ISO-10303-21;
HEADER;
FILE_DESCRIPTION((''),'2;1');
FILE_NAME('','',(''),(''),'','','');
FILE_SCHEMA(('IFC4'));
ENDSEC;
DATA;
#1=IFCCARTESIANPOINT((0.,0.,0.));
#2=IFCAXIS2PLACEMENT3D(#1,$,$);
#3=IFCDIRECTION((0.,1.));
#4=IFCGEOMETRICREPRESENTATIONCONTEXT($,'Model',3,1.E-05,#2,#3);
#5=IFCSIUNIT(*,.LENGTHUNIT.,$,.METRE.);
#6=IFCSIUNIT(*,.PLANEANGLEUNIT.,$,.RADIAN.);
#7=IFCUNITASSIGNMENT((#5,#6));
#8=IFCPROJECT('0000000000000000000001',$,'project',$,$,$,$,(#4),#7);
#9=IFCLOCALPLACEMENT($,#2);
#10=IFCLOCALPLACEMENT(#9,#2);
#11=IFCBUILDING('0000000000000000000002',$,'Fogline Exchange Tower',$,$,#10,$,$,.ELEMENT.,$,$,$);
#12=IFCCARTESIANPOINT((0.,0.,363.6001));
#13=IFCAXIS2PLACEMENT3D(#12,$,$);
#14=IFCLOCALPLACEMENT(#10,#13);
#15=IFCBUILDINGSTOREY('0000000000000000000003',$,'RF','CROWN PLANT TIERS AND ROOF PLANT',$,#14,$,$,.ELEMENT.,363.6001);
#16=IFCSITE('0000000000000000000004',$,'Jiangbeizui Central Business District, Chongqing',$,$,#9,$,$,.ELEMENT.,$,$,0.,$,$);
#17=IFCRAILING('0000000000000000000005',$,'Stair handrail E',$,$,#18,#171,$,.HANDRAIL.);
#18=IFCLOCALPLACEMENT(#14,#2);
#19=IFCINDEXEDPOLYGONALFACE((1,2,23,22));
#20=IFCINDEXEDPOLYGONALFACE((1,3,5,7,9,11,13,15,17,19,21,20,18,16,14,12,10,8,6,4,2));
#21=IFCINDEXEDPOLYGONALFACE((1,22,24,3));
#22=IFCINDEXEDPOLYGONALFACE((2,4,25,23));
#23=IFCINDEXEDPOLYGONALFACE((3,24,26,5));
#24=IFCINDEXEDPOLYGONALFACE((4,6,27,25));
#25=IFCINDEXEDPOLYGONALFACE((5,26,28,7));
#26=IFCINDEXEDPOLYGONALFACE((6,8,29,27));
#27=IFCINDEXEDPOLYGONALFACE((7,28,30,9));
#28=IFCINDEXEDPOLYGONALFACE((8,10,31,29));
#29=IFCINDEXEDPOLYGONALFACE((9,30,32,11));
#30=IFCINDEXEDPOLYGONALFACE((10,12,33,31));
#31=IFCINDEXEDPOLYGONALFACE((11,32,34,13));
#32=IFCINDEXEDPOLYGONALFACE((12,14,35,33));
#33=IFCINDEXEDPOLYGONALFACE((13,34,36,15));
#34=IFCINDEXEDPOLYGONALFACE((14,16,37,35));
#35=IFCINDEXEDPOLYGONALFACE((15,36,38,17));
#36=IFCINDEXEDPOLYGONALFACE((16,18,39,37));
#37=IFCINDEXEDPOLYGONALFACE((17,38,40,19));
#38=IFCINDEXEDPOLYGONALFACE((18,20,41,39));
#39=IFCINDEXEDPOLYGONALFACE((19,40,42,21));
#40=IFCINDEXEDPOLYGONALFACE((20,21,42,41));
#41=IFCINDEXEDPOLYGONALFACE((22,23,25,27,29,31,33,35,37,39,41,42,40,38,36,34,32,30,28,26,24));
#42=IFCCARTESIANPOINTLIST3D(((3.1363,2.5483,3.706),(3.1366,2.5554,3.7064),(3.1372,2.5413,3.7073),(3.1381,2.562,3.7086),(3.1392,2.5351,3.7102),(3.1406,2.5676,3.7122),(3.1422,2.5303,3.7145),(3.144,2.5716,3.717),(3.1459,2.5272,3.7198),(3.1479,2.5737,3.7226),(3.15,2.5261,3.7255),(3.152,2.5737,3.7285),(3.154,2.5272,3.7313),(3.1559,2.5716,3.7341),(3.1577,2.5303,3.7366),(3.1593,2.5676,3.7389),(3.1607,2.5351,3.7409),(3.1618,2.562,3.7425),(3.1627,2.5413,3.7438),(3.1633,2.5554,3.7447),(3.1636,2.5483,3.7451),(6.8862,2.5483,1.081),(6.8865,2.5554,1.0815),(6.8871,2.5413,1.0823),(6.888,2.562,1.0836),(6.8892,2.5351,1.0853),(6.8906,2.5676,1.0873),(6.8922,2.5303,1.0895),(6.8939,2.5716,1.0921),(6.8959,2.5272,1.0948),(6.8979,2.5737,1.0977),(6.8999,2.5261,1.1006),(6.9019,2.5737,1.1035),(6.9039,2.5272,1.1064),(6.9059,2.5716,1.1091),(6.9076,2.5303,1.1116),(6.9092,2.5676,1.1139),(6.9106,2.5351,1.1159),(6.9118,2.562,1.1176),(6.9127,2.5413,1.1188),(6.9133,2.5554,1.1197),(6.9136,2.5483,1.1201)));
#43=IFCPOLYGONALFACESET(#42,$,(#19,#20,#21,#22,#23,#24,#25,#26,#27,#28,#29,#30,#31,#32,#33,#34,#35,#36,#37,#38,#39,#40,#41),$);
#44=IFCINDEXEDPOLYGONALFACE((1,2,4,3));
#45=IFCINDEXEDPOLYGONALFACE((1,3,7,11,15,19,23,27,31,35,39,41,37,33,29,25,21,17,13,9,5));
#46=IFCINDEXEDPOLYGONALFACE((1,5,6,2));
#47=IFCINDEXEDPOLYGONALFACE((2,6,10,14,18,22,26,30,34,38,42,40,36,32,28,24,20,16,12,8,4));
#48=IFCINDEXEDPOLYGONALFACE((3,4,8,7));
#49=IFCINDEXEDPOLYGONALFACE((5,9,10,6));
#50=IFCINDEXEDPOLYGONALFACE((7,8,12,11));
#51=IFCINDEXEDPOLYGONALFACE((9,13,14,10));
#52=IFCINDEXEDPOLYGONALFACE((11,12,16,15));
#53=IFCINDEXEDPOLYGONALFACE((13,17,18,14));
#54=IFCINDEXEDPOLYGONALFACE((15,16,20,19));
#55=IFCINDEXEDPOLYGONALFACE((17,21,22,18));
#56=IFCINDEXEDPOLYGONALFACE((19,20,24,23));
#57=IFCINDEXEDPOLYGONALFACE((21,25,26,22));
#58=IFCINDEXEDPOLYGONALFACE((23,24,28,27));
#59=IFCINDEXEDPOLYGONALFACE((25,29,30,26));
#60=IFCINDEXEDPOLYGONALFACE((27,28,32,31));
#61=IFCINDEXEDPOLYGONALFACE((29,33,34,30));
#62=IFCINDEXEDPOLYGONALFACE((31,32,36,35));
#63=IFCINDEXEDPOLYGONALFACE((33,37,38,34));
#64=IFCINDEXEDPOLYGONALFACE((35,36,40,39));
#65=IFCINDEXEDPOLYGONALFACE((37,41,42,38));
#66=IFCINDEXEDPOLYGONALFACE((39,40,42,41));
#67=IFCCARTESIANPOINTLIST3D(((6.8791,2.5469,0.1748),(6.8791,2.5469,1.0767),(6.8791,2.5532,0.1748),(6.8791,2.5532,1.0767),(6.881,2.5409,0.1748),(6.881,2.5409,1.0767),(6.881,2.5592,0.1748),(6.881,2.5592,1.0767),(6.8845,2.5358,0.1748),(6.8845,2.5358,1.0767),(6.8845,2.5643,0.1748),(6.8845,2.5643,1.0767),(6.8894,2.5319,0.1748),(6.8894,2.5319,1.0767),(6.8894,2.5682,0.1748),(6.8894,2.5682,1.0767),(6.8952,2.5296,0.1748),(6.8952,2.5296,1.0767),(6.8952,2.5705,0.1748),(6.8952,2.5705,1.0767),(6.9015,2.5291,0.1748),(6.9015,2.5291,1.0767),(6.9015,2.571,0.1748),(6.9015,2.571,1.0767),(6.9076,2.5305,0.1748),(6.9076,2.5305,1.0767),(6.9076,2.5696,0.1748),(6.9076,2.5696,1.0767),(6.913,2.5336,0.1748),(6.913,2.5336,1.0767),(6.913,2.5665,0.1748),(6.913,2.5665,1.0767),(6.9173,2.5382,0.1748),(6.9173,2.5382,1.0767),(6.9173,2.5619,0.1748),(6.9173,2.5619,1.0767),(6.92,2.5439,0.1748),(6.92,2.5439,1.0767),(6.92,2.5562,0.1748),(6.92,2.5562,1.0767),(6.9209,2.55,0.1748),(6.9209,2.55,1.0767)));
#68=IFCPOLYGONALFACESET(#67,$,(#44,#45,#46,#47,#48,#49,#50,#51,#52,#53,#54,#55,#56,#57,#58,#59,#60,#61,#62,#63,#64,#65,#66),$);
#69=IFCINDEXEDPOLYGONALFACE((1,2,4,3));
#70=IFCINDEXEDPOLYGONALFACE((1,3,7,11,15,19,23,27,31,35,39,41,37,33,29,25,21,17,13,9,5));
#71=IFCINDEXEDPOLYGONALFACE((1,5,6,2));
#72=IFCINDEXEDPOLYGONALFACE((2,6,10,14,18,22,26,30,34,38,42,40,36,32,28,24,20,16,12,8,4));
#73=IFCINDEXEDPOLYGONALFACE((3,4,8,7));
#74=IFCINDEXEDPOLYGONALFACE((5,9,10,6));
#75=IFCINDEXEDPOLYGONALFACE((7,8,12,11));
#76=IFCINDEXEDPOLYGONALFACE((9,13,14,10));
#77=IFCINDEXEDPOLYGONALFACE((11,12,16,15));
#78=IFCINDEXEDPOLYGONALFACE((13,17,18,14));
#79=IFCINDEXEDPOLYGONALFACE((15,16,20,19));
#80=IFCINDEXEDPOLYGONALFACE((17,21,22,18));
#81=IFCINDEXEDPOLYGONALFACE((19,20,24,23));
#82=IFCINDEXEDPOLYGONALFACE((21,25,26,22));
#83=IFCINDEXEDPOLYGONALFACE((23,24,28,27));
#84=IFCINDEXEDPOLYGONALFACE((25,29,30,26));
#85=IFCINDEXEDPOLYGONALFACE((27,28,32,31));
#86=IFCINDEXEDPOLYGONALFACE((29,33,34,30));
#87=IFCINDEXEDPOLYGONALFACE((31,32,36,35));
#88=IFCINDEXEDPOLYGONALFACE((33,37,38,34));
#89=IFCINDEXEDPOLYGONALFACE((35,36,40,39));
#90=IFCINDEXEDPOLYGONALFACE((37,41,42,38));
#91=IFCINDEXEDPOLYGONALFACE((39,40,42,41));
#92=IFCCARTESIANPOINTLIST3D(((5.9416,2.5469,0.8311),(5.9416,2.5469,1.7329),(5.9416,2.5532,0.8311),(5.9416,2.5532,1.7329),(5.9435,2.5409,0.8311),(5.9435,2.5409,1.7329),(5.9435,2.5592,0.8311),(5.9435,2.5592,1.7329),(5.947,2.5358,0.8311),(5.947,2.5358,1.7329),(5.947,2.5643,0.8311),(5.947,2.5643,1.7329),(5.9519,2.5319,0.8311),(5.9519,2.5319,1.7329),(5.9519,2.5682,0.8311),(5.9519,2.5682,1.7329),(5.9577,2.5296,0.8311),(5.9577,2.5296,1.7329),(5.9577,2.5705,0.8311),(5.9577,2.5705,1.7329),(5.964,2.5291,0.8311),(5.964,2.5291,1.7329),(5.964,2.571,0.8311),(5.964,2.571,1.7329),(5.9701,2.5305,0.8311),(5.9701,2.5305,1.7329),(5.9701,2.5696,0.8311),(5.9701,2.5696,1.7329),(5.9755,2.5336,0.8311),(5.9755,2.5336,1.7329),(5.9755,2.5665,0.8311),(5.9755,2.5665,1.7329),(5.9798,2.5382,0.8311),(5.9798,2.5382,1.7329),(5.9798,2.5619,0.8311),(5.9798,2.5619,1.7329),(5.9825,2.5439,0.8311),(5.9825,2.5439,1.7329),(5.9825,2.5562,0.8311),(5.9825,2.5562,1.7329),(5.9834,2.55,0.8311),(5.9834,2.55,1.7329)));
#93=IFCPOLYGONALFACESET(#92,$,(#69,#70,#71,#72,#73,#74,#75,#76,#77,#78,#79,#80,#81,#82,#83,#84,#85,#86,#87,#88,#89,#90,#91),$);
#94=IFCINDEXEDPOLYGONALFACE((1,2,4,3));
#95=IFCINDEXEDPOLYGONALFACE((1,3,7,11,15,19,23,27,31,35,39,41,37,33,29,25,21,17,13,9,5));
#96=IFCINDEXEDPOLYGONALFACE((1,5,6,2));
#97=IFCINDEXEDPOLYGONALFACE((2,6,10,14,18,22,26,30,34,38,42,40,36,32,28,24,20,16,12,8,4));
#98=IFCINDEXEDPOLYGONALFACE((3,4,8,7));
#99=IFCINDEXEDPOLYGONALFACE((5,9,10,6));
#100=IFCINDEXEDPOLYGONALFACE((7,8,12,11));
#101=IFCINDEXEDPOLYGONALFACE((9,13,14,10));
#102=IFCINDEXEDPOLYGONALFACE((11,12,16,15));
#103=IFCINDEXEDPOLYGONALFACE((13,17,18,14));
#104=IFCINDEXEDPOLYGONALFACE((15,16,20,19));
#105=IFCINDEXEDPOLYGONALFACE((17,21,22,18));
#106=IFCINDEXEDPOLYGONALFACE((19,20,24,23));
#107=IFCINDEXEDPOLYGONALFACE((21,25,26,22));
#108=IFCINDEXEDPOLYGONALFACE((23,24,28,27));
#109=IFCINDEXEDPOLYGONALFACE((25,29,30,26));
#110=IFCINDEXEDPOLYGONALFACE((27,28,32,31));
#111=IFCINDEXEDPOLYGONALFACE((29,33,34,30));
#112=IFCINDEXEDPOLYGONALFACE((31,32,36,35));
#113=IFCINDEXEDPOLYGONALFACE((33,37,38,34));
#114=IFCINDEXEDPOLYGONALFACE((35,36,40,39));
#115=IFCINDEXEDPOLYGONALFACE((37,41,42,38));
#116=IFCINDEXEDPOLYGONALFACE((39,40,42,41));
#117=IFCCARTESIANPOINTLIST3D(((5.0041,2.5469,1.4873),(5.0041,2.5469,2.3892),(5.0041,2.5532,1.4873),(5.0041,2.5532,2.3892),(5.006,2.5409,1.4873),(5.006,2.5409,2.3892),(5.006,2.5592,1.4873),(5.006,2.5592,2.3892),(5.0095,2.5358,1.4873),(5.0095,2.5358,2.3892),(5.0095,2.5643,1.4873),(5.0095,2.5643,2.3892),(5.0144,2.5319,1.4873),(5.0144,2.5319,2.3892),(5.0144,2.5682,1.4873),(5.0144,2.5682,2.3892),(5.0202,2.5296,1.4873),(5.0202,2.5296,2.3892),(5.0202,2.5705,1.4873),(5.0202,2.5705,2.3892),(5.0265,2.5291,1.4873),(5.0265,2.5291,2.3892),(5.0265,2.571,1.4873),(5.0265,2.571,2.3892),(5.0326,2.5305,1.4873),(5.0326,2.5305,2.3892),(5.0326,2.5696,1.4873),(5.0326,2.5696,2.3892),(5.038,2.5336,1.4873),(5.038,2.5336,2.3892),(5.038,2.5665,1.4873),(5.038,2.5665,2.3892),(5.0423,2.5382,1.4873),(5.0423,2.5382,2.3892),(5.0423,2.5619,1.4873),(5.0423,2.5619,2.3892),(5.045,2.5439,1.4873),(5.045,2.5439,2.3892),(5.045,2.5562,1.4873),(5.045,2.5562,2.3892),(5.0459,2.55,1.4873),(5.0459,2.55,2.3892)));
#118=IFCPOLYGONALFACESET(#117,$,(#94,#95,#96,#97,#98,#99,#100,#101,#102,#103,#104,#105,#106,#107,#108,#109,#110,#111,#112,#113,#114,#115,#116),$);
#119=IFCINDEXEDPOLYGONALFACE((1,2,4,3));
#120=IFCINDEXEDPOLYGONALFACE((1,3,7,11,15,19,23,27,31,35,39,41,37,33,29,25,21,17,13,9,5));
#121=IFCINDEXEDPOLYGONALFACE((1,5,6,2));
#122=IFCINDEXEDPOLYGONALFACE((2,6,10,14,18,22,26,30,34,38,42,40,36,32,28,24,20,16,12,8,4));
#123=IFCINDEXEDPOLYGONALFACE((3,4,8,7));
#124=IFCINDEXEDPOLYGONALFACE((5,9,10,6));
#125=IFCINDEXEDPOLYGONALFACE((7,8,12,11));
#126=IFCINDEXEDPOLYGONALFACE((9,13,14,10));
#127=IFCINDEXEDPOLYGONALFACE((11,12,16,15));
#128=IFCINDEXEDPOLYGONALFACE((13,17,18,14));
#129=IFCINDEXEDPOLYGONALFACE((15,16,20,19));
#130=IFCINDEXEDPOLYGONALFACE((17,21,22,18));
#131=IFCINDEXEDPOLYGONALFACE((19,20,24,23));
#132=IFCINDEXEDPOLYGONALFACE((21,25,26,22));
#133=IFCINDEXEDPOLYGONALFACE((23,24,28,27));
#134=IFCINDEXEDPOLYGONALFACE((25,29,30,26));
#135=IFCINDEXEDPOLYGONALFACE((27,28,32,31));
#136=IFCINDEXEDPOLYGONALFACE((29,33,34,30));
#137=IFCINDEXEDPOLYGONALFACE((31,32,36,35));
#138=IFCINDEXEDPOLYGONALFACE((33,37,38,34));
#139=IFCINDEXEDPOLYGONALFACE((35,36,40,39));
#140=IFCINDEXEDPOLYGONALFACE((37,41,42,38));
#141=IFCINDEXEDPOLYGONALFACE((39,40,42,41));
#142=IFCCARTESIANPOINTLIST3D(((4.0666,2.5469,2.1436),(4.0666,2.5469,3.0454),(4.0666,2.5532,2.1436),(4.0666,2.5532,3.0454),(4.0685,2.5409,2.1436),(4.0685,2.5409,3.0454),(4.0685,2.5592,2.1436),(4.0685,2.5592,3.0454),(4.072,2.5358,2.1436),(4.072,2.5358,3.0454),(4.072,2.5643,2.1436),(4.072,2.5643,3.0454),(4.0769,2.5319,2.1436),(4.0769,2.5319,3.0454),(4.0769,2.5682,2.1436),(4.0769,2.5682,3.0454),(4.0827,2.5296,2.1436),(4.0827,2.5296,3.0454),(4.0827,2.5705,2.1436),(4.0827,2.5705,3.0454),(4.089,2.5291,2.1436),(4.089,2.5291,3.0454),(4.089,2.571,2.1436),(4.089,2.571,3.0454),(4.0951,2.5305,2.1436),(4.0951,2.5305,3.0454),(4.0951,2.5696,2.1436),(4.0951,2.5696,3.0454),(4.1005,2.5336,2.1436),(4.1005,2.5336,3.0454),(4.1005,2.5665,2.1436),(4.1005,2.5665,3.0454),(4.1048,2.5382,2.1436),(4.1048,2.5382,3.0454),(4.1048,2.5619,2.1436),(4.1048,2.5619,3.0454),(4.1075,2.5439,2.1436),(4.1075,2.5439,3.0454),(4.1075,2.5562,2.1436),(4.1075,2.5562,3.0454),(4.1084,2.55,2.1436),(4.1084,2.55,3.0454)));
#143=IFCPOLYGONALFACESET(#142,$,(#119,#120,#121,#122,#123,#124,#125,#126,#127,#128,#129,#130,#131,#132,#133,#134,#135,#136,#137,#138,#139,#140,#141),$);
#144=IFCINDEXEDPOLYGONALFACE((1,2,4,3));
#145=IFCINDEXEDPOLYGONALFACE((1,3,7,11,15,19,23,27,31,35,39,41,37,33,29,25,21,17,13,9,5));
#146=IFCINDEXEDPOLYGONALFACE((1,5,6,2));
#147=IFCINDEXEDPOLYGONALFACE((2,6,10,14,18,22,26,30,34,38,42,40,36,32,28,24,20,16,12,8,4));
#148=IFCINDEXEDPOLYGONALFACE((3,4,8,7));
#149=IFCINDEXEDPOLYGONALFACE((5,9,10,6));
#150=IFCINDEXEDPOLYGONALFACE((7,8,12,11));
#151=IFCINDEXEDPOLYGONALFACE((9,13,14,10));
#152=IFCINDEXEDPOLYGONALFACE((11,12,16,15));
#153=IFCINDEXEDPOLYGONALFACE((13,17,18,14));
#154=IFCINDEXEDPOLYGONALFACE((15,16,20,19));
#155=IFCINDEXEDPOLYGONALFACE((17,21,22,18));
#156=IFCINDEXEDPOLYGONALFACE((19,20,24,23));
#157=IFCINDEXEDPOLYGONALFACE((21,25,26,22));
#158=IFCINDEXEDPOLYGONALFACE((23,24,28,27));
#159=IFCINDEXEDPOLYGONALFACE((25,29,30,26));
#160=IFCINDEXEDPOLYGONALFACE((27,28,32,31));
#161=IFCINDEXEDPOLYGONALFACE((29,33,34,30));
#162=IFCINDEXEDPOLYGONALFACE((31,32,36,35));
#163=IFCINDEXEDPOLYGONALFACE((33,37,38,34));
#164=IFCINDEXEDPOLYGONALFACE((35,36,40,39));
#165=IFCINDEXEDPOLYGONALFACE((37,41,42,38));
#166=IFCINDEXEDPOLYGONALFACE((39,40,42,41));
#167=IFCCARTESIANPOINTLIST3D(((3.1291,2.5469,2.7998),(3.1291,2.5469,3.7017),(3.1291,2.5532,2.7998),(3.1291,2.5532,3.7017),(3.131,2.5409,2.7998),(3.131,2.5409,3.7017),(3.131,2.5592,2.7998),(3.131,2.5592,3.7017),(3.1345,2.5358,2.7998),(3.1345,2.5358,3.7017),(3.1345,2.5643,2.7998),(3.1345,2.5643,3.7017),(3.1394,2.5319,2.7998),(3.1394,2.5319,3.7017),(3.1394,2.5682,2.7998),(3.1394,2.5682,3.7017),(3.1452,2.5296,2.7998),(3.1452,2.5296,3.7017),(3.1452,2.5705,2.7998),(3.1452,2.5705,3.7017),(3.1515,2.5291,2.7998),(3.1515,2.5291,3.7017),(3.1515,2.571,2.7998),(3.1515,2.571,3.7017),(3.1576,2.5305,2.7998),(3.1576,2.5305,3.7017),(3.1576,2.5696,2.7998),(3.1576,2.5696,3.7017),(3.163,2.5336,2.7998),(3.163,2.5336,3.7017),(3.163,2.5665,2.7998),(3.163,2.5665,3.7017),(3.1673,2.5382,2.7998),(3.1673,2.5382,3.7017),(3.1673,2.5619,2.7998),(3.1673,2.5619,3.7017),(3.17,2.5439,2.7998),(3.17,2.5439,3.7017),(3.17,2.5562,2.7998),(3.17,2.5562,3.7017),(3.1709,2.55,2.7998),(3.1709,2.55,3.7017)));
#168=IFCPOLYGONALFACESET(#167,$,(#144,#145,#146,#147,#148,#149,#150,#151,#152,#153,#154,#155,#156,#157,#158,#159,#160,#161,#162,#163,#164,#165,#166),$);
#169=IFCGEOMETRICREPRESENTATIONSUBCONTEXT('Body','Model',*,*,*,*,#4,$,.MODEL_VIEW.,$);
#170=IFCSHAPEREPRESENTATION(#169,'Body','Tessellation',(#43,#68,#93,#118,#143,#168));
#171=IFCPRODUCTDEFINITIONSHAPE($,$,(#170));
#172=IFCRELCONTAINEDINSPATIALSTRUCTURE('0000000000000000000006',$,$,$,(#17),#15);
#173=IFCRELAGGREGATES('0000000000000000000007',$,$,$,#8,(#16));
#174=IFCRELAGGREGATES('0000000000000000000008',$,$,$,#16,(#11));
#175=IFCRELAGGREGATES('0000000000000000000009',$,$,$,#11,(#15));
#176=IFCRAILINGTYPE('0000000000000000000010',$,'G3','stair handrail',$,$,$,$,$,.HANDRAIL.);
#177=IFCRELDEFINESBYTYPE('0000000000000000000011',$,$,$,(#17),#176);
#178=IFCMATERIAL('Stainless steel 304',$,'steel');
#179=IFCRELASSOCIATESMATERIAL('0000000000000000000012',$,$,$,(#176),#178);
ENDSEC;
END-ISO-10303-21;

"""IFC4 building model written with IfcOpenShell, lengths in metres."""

from ifc_helpers import new_model, si_unit, direction, frame, origin, origin_2d, place, context, subcontext, project, spatial, circle, extrude, material, type_object, element, save


model = new_model("IFC4")

# Units and contexts
model_context = context("Model", 3, precision=1e-05, world=origin(), true_north=direction((0.0, 1.0)))
body_context = subcontext(model_context, "Body", "Model", "MODEL_VIEW")
ifc_project = project(units=[si_unit("LENGTHUNIT", "METRE"), si_unit("PLANEANGLEUNIT", "RADIAN")], contexts=[model_context])

# Site, building, storey
site_placement = place(None, origin())
site = spatial("IfcSite", under=ifc_project, at=site_placement, Name="Jiangbeizui Central Business District, Chongqing", CompositionType="ELEMENT", RefElevation=0.0)
building_placement = place(site_placement, origin())
building = spatial("IfcBuilding", under=site, at=building_placement, Name="Fogline Exchange Tower", CompositionType="ELEMENT")
storey_placement = place(building_placement, frame((0.0, 0.0, 363.6001)))
storey = spatial("IfcBuildingStorey", under=building, at=storey_placement, Name="RF", Description="CROWN PLANT TIERS AND ROOF PLANT", CompositionType="ELEMENT", Elevation=363.6001)

# Railing
ifc_material_1 = material(Name="Stainless steel 304", Category="steel")
railing_type_1 = type_object("IfcRailingType", Name="G3", Description="stair handrail", PredefinedType="HANDRAIL", material=ifc_material_1)
for number, where, name in (
    (1, (6.8999, 2.55, 0.1748), "Stair handrail E"),
):
    element("IfcRailing", number, at=place(storey_placement, frame(where)), inside=storey, type_object=railing_type_1, Name=name, PredefinedType="HANDRAIL", context=body_context, shape_type="SweptSolid", body=[
        extrude(circle(Radius=0.0239, at=origin_2d()), frame((0.0, 0.0, 0.9258), z_axis=(-0.819232, 0.0, 0.573462), x_axis=(0.0, -1.0, 0.0)), (0.0, 0.0, 1.0), 4.5774),
        extrude(circle(Radius=0.021, at=origin_2d()), origin(), (0.0, 0.0, 1.0), 0.9019),
        extrude(circle(Radius=0.021, at=origin_2d()), frame((-0.9375, 0.0, 0.6562)), (0.0, 0.0, 1.0), 0.9019),
        extrude(circle(Radius=0.021, at=origin_2d()), frame((-1.875, 0.0, 1.3125)), (0.0, 0.0, 1.0), 0.9019),
        extrude(circle(Radius=0.021, at=origin_2d()), frame((-2.8125, 0.0, 1.9688)), (0.0, 0.0, 1.0), 0.9019),
        extrude(circle(Radius=0.021, at=origin_2d()), frame((-3.75, 0.0, 2.625)), (0.0, 0.0, 1.0), 0.9019),
    ])

save(model, "model.ifc")
